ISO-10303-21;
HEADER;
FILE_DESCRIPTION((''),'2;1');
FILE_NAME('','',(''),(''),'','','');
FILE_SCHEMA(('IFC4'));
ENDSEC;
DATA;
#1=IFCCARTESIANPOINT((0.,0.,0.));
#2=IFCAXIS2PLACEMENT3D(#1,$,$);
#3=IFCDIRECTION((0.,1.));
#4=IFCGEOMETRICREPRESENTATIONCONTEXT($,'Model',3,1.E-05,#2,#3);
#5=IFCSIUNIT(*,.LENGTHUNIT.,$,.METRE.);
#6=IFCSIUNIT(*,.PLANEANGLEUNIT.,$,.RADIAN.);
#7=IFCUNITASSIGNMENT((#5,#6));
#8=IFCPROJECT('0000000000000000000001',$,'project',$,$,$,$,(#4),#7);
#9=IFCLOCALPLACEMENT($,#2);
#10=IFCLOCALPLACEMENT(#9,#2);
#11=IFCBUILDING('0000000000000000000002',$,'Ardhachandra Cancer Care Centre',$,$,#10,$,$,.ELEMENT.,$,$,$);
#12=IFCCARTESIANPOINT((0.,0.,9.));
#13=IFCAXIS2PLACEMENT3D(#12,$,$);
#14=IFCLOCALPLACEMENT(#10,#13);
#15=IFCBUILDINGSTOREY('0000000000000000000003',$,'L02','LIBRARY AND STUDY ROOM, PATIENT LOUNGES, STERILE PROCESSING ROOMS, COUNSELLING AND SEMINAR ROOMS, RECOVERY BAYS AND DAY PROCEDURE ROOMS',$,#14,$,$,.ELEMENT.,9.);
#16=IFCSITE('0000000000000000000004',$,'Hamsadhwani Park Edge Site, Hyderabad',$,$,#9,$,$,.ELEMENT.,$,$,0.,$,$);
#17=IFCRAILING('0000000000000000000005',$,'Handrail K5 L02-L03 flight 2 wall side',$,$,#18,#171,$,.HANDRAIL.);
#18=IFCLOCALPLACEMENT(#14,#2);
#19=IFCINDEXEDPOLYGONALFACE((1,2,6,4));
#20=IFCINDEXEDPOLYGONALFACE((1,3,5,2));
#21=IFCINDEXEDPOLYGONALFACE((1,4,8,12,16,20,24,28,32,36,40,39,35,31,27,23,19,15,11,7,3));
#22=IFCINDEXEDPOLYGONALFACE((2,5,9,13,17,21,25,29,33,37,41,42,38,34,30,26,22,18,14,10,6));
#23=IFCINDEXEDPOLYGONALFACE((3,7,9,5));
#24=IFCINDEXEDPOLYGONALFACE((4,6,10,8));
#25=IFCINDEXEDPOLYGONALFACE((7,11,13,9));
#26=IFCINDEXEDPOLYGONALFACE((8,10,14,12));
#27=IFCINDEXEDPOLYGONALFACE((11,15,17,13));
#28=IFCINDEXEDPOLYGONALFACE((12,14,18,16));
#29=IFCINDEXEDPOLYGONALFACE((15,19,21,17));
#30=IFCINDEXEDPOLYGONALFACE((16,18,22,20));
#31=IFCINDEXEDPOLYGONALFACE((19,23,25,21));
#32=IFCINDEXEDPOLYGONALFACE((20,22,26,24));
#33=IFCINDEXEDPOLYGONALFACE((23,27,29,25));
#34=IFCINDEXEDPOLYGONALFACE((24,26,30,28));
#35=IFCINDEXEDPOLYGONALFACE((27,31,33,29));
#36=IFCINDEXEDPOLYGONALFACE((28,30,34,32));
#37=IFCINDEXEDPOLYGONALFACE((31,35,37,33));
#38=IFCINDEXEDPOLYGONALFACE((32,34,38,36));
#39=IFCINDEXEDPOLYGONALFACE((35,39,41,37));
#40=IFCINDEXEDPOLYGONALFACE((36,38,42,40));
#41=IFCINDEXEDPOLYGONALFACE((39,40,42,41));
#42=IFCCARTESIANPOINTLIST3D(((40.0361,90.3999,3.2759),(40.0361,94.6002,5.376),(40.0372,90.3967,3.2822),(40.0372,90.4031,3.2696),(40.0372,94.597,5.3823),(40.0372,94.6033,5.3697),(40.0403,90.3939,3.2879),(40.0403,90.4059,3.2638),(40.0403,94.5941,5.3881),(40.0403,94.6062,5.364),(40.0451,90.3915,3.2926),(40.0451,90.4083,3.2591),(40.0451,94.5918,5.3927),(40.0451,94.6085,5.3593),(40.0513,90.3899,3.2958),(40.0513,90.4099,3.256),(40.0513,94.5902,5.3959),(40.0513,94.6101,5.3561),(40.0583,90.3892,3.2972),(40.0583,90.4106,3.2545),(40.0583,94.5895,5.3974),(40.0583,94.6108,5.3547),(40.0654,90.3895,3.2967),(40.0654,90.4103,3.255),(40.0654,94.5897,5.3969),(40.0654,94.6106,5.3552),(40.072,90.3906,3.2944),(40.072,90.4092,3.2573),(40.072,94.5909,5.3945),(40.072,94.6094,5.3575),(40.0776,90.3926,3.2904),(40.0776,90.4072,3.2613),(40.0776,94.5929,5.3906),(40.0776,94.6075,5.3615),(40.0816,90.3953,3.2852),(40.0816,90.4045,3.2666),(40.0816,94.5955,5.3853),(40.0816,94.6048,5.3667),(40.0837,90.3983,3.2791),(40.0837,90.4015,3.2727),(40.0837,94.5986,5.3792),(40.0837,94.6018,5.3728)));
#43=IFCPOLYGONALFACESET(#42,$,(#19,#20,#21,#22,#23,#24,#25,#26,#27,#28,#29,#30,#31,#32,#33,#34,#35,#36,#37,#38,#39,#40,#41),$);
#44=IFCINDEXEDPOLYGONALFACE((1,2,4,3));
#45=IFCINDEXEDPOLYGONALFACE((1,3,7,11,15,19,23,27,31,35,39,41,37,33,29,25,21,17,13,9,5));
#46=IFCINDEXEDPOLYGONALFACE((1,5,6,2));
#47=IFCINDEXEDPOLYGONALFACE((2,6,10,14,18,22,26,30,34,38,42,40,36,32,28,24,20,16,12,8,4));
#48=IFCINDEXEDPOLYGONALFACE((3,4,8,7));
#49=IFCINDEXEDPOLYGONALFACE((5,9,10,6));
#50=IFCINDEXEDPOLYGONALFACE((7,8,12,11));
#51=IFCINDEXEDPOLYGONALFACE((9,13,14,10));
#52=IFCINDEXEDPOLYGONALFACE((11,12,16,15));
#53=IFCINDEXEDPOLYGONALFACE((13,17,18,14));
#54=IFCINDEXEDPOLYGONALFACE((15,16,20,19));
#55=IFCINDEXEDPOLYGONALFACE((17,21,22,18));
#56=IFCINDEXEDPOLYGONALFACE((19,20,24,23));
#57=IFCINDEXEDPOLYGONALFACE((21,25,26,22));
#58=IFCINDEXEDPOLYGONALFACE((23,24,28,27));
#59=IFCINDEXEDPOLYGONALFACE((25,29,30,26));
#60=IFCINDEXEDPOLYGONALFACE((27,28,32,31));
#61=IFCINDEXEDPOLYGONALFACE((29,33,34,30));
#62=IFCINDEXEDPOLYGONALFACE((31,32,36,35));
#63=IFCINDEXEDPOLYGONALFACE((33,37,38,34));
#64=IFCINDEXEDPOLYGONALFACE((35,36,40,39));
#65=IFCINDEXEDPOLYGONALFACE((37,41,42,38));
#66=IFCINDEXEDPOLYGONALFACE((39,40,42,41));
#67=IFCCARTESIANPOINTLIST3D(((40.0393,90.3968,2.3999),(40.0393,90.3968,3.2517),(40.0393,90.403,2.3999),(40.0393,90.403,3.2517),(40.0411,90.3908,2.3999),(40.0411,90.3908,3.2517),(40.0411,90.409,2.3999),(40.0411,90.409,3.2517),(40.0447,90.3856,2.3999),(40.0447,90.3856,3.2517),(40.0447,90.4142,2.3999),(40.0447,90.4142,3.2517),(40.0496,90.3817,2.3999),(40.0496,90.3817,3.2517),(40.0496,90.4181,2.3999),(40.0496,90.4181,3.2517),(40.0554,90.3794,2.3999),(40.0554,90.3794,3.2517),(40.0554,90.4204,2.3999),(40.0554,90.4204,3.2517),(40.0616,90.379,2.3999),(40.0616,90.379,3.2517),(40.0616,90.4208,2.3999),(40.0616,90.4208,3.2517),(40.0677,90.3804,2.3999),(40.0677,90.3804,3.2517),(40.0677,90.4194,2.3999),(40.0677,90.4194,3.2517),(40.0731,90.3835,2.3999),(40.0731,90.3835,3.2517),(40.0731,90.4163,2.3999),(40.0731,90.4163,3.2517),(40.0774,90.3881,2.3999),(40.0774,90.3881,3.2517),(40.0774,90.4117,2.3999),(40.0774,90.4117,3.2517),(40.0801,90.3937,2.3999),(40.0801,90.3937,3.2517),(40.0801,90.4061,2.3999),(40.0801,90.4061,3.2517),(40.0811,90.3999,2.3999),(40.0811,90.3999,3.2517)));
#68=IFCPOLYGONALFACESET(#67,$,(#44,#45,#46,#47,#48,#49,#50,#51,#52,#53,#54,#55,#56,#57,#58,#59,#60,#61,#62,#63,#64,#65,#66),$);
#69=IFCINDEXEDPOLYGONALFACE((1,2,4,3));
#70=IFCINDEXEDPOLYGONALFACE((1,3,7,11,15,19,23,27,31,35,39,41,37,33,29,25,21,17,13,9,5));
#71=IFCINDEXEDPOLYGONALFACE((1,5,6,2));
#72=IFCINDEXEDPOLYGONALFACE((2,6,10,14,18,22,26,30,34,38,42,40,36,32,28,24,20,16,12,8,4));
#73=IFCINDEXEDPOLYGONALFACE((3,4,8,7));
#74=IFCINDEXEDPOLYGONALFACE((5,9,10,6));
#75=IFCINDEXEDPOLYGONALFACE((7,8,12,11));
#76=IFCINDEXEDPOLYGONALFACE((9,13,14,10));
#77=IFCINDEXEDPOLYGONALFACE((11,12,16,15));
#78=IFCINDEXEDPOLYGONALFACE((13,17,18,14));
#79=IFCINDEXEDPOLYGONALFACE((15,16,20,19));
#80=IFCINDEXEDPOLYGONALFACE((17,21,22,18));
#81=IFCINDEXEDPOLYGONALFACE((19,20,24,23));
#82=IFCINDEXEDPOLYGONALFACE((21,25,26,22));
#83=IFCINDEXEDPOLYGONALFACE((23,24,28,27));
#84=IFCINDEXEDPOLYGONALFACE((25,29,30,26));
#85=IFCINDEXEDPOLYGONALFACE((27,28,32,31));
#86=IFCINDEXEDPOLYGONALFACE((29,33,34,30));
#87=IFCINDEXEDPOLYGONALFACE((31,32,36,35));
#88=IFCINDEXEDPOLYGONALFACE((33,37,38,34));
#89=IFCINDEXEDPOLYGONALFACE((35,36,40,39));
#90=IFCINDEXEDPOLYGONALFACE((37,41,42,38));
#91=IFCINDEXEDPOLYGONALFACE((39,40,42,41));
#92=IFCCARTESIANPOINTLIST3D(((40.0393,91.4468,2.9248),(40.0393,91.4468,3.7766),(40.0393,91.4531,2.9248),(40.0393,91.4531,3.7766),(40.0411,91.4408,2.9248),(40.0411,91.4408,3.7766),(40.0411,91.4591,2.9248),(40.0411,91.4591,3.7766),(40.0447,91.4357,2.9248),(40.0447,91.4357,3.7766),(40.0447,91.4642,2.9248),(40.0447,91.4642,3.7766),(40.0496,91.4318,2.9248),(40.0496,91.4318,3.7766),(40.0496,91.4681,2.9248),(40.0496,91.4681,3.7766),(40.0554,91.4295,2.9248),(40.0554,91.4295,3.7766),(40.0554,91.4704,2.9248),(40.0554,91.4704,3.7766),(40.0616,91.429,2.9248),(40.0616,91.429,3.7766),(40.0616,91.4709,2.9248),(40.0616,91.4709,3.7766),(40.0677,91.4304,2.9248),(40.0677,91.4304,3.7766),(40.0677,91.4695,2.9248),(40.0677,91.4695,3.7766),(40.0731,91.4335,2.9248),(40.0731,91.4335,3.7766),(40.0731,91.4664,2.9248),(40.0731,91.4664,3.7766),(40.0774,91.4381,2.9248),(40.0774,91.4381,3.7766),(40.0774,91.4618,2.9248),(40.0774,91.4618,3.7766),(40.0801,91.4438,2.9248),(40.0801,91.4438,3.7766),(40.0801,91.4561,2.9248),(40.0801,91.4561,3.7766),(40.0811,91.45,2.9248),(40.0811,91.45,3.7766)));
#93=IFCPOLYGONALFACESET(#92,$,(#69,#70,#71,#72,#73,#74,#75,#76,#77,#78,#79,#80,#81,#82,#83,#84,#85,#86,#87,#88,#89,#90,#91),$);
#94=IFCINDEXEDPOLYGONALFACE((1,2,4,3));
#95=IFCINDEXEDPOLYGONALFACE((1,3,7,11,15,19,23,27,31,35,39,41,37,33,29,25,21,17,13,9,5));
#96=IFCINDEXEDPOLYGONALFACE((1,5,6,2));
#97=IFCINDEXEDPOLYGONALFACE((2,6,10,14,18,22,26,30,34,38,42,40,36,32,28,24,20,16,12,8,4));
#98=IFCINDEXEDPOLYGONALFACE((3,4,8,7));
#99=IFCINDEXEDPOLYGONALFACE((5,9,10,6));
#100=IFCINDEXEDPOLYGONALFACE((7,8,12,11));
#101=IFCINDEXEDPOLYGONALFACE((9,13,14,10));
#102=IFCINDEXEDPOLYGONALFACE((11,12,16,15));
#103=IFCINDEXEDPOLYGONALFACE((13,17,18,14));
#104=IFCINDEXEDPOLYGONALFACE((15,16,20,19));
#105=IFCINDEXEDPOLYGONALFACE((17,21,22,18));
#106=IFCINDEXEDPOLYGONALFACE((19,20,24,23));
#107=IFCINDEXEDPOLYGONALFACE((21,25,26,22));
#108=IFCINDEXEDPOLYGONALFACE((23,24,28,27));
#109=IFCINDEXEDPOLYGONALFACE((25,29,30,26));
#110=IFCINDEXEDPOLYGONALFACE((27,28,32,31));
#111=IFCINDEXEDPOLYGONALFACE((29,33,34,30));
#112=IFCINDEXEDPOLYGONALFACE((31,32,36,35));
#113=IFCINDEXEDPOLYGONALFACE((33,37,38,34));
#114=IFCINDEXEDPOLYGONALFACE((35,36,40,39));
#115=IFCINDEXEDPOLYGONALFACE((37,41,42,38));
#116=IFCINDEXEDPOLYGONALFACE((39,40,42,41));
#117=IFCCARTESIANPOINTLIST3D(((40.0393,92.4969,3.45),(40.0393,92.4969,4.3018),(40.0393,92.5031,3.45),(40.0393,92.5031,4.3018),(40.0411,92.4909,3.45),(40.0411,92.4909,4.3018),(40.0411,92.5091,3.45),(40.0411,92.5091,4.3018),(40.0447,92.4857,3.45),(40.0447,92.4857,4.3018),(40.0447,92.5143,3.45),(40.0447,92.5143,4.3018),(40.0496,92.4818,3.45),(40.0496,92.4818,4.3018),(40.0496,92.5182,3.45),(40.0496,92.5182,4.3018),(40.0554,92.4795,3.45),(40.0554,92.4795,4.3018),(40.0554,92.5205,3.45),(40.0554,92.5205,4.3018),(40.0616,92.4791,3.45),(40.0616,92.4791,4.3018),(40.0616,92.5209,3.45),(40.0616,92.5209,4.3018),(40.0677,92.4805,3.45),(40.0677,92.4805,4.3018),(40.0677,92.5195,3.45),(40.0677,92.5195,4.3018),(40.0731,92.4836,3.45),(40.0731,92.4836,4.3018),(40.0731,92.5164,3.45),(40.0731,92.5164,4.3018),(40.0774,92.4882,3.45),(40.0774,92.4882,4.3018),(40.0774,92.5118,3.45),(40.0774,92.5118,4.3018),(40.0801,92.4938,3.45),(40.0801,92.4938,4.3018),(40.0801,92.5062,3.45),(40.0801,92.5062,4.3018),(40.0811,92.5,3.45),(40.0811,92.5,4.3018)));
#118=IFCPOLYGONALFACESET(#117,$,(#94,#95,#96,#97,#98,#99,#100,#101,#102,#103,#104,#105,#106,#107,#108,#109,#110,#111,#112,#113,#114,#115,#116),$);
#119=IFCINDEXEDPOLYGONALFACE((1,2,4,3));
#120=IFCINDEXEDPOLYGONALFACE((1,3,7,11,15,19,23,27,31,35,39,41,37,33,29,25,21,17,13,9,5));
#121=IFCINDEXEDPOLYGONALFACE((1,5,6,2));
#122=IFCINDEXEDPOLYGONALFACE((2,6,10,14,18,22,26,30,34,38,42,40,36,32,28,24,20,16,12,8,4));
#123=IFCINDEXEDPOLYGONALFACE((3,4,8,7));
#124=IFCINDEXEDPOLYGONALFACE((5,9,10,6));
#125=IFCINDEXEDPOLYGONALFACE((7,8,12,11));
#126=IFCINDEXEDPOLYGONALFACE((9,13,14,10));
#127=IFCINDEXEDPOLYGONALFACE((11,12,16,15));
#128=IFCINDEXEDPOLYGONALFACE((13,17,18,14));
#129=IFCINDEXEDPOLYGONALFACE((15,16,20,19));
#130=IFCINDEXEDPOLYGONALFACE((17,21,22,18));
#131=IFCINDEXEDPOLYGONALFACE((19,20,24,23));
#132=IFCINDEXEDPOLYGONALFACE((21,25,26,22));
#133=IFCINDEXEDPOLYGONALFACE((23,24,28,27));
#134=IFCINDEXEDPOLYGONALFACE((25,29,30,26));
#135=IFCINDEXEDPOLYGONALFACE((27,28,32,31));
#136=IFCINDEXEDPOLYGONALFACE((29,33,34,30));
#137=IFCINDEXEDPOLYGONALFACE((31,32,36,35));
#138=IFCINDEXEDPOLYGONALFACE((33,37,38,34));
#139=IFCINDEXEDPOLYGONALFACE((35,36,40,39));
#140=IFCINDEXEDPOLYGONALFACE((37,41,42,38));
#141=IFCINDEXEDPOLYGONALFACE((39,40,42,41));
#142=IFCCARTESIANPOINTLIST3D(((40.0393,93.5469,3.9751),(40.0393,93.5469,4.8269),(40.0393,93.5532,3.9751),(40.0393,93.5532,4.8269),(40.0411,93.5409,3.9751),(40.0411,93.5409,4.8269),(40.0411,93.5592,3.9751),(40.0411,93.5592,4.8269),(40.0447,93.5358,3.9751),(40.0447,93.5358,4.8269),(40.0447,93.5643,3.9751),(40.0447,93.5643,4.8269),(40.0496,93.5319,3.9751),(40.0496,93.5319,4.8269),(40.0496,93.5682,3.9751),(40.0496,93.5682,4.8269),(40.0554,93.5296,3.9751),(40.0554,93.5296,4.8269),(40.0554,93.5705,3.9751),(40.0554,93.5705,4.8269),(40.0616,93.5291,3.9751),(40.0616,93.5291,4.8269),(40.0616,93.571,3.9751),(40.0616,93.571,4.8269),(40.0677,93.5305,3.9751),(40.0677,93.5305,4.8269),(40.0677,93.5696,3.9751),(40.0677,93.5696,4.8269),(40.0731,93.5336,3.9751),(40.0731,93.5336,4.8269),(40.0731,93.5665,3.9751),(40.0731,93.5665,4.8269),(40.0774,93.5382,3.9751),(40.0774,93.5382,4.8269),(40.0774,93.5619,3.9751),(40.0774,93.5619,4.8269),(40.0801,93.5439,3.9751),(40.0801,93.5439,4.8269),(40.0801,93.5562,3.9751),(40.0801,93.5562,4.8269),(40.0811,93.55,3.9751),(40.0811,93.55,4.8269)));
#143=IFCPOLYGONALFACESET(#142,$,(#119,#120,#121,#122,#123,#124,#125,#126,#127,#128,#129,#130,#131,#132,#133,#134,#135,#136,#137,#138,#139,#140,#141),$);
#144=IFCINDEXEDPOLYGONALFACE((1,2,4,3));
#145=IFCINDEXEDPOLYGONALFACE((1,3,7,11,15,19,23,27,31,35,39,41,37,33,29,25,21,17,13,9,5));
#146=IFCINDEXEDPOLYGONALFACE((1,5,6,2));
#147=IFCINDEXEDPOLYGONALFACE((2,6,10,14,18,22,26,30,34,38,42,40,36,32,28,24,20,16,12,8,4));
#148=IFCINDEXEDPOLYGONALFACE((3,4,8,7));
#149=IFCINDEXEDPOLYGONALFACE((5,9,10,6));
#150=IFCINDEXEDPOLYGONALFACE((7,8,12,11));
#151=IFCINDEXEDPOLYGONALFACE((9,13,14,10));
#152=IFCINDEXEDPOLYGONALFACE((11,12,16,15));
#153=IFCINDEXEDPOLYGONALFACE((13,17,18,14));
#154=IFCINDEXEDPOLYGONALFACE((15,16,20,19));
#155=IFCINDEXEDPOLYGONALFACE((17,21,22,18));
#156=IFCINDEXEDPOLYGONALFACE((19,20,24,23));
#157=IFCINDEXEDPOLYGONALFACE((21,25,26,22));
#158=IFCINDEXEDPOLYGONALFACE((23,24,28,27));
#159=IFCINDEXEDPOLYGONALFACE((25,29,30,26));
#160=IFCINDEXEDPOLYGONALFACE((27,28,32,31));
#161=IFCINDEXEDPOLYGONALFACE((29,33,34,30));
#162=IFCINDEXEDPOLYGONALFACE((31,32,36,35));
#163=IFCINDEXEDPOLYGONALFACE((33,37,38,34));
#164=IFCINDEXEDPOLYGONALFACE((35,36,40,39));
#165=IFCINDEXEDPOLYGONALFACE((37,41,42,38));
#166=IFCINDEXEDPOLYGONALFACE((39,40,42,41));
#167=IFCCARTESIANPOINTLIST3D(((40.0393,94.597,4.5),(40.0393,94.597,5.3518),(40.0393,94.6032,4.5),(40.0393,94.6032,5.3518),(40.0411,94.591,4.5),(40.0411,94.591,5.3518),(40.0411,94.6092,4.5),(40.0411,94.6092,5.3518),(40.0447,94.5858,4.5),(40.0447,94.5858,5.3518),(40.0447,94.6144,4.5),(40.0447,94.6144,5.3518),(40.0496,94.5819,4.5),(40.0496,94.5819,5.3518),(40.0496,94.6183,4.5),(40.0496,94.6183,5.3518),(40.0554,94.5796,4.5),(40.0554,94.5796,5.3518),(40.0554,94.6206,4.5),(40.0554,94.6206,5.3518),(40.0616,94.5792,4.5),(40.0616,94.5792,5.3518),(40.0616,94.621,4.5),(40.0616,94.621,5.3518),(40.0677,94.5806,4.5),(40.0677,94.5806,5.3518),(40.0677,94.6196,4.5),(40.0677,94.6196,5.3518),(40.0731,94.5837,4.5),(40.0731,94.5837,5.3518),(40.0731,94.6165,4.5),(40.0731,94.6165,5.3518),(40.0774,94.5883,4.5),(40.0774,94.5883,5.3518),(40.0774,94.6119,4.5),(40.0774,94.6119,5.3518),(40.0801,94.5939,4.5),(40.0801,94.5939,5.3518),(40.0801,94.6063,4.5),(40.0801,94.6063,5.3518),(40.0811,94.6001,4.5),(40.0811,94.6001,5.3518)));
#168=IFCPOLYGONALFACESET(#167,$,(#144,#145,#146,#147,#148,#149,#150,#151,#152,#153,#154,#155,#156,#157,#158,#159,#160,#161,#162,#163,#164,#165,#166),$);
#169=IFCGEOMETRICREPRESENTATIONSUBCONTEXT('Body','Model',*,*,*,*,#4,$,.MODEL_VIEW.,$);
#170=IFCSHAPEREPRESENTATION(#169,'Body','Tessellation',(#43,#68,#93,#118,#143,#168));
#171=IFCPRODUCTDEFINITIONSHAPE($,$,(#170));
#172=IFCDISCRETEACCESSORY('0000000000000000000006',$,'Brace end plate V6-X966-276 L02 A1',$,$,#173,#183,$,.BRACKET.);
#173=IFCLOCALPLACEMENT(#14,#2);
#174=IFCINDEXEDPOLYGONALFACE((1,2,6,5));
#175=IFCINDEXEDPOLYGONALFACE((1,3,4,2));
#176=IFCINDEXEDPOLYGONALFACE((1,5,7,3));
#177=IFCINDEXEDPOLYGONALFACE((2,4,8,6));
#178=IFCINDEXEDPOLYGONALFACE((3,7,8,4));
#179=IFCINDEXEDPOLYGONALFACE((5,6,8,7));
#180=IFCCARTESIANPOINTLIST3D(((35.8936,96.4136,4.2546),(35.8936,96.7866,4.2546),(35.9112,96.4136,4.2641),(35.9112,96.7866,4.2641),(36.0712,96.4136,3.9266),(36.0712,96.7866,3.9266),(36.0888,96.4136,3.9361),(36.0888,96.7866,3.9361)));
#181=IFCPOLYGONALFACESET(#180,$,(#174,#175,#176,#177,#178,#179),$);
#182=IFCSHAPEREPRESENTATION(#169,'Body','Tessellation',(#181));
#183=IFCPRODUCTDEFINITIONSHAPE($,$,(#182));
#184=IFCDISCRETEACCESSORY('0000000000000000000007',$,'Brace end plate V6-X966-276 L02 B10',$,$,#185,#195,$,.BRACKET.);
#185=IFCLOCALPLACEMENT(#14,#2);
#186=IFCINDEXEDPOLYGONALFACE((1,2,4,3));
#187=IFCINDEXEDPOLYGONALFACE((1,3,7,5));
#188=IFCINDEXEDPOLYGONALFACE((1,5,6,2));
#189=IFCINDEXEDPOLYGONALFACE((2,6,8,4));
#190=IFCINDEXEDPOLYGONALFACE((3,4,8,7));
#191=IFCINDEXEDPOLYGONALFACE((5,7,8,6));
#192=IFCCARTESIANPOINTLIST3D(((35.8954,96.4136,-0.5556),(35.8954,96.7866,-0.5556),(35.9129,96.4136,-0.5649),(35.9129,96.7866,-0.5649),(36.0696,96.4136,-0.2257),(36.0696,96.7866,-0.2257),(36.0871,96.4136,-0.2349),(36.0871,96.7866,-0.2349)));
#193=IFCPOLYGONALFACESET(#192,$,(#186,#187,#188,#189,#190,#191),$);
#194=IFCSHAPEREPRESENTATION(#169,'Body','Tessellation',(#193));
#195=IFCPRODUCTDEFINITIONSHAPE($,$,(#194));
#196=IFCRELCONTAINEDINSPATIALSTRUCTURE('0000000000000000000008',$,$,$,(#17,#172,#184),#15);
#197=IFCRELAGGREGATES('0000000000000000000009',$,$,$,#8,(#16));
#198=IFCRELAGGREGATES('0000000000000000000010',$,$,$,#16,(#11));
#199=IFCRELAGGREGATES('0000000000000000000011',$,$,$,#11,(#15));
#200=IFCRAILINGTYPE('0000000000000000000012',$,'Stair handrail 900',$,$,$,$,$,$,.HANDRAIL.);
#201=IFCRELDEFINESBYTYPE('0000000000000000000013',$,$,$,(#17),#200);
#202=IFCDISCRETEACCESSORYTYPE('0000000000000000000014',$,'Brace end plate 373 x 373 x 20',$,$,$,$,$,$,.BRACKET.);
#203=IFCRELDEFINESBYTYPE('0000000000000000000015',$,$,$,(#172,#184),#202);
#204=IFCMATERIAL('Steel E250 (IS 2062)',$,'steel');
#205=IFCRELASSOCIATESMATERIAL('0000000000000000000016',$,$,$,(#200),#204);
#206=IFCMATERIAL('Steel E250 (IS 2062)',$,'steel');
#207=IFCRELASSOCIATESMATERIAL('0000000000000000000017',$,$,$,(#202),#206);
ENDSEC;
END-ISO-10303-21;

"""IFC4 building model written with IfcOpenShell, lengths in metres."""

from ifc_helpers import new_model, si_unit, direction, frame, origin, origin_2d, place, context, subcontext, project, spatial, rectangle, circle, extrude, material, material_profile, profile_set, type_object, element, save


model = new_model("IFC4")

# Units and contexts
model_context = context("Model", 3, precision=1e-05, world=origin(), true_north=direction((0.0, 1.0)))
body_context = subcontext(model_context, "Body", "Model", "MODEL_VIEW")
ifc_project = project(units=[si_unit("LENGTHUNIT", "METRE"), si_unit("PLANEANGLEUNIT", "RADIAN")], contexts=[model_context])

# Site, building, storey
site_placement = place(None, origin())
site = spatial("IfcSite", under=ifc_project, at=site_placement, Name="Hamsadhwani Park Edge Site, Hyderabad", CompositionType="ELEMENT", RefElevation=0.0)
building_placement = place(site_placement, origin())
building = spatial("IfcBuilding", under=site, at=building_placement, Name="Ardhachandra Cancer Care Centre", CompositionType="ELEMENT")
storey_placement = place(building_placement, frame((0.0, 0.0, 9.0)))
storey = spatial("IfcBuildingStorey", under=building, at=storey_placement, Name="L02", Description="LIBRARY AND STUDY ROOM, PATIENT LOUNGES, STERILE PROCESSING ROOMS, COUNSELLING AND SEMINAR ROOMS, RECOVERY BAYS AND DAY PROCEDURE ROOMS", CompositionType="ELEMENT", Elevation=9.0)

# Railing
ifc_material_1 = material(Name="Steel E250 (IS 2062)", Category="steel")
railing_type_1 = type_object("IfcRailingType", Name="Stair handrail 900", PredefinedType="HANDRAIL", material=ifc_material_1)
for number, where, name in (
    (1, (40.0601, 90.3999, 2.3999), "Handrail K5 L02-L03 flight 2 wall side"),
):
    element("IfcRailing", number, at=place(storey_placement, frame(where)), inside=storey, type_object=railing_type_1, Name=name, PredefinedType="HANDRAIL", context=body_context, shape_type="SweptSolid", body=[
        extrude(circle(Radius=0.0239, at=origin_2d()), frame((0.0, 0.0, 0.876), z_axis=(0.0, 0.894427, 0.447214), x_axis=(-1.0, 0.0, 0.0)), (0.0, 0.0, 1.0), 4.696),
        extrude(circle(Radius=0.021, at=origin_2d()), origin(), (0.0, 0.0, 1.0), 0.8518),
        extrude(circle(Radius=0.021, at=origin_2d()), frame((0.0, 1.05, 0.5249)), (0.0, 0.0, 1.0), 0.8518),
        extrude(circle(Radius=0.021, at=origin_2d()), frame((0.0, 2.1001, 1.05)), (0.0, 0.0, 1.0), 0.8518),
        extrude(circle(Radius=0.021, at=origin_2d()), frame((0.0, 3.1501, 1.5752)), (0.0, 0.0, 1.0), 0.8518),
        extrude(circle(Radius=0.021, at=origin_2d()), frame((0.0, 4.2002, 2.1001)), (0.0, 0.0, 1.0), 0.8518),
    ])

# Discrete accessories
ifc_material_2 = material(Name="Steel E250 (IS 2062)", Category="steel")
ifc_material_profile_1 = material_profile(ifc_material_2, rectangle(XDim=0.373, YDim=0.373, at=origin_2d()), Name="PL 373x373x20")
ifc_profile_set_1 = profile_set([ifc_material_profile_1], Name="Steel E250 (IS 2062)")
discrete_accessory_type_1 = type_object("IfcDiscreteAccessoryType", Name="Brace end plate 373 x 373 x 20", PredefinedType="BRACKET", material=ifc_profile_set_1)
discrete_accessory_1_placement = place(storey_placement, frame((36.0, 96.6001, 4.1001), z_axis=(-0.879292, 0.0, -0.476283), x_axis=(0.0, -1.0, 0.0)))
element("IfcDiscreteAccessory", 2, at=discrete_accessory_1_placement, inside=storey, type_object=discrete_accessory_type_1, Name="Brace end plate V6-X966-276 L02 A1", PredefinedType="BRACKET", context=body_context, shape_type="SweptSolid", body=[
    extrude(rectangle(XDim=0.373, YDim=0.373, at=origin_2d()), origin(), (0.0, 0.0, 1.0), 0.02),
])
discrete_accessory_2_placement = place(storey_placement, frame((36.0, 96.6001, -0.3999), z_axis=(-0.884385, 0.0, 0.466759), x_axis=(0.0, -1.0, 0.0)))
element("IfcDiscreteAccessory", 3, at=discrete_accessory_2_placement, inside=storey, type_object=discrete_accessory_type_1, Name="Brace end plate V6-X966-276 L02 B10", PredefinedType="BRACKET", context=body_context, shape_type="SweptSolid", body=[
    extrude(rectangle(XDim=0.373, YDim=0.373, at=origin_2d()), origin(), (0.0, 0.0, 1.0), 0.0198),
])

save(model, "model.ifc")
